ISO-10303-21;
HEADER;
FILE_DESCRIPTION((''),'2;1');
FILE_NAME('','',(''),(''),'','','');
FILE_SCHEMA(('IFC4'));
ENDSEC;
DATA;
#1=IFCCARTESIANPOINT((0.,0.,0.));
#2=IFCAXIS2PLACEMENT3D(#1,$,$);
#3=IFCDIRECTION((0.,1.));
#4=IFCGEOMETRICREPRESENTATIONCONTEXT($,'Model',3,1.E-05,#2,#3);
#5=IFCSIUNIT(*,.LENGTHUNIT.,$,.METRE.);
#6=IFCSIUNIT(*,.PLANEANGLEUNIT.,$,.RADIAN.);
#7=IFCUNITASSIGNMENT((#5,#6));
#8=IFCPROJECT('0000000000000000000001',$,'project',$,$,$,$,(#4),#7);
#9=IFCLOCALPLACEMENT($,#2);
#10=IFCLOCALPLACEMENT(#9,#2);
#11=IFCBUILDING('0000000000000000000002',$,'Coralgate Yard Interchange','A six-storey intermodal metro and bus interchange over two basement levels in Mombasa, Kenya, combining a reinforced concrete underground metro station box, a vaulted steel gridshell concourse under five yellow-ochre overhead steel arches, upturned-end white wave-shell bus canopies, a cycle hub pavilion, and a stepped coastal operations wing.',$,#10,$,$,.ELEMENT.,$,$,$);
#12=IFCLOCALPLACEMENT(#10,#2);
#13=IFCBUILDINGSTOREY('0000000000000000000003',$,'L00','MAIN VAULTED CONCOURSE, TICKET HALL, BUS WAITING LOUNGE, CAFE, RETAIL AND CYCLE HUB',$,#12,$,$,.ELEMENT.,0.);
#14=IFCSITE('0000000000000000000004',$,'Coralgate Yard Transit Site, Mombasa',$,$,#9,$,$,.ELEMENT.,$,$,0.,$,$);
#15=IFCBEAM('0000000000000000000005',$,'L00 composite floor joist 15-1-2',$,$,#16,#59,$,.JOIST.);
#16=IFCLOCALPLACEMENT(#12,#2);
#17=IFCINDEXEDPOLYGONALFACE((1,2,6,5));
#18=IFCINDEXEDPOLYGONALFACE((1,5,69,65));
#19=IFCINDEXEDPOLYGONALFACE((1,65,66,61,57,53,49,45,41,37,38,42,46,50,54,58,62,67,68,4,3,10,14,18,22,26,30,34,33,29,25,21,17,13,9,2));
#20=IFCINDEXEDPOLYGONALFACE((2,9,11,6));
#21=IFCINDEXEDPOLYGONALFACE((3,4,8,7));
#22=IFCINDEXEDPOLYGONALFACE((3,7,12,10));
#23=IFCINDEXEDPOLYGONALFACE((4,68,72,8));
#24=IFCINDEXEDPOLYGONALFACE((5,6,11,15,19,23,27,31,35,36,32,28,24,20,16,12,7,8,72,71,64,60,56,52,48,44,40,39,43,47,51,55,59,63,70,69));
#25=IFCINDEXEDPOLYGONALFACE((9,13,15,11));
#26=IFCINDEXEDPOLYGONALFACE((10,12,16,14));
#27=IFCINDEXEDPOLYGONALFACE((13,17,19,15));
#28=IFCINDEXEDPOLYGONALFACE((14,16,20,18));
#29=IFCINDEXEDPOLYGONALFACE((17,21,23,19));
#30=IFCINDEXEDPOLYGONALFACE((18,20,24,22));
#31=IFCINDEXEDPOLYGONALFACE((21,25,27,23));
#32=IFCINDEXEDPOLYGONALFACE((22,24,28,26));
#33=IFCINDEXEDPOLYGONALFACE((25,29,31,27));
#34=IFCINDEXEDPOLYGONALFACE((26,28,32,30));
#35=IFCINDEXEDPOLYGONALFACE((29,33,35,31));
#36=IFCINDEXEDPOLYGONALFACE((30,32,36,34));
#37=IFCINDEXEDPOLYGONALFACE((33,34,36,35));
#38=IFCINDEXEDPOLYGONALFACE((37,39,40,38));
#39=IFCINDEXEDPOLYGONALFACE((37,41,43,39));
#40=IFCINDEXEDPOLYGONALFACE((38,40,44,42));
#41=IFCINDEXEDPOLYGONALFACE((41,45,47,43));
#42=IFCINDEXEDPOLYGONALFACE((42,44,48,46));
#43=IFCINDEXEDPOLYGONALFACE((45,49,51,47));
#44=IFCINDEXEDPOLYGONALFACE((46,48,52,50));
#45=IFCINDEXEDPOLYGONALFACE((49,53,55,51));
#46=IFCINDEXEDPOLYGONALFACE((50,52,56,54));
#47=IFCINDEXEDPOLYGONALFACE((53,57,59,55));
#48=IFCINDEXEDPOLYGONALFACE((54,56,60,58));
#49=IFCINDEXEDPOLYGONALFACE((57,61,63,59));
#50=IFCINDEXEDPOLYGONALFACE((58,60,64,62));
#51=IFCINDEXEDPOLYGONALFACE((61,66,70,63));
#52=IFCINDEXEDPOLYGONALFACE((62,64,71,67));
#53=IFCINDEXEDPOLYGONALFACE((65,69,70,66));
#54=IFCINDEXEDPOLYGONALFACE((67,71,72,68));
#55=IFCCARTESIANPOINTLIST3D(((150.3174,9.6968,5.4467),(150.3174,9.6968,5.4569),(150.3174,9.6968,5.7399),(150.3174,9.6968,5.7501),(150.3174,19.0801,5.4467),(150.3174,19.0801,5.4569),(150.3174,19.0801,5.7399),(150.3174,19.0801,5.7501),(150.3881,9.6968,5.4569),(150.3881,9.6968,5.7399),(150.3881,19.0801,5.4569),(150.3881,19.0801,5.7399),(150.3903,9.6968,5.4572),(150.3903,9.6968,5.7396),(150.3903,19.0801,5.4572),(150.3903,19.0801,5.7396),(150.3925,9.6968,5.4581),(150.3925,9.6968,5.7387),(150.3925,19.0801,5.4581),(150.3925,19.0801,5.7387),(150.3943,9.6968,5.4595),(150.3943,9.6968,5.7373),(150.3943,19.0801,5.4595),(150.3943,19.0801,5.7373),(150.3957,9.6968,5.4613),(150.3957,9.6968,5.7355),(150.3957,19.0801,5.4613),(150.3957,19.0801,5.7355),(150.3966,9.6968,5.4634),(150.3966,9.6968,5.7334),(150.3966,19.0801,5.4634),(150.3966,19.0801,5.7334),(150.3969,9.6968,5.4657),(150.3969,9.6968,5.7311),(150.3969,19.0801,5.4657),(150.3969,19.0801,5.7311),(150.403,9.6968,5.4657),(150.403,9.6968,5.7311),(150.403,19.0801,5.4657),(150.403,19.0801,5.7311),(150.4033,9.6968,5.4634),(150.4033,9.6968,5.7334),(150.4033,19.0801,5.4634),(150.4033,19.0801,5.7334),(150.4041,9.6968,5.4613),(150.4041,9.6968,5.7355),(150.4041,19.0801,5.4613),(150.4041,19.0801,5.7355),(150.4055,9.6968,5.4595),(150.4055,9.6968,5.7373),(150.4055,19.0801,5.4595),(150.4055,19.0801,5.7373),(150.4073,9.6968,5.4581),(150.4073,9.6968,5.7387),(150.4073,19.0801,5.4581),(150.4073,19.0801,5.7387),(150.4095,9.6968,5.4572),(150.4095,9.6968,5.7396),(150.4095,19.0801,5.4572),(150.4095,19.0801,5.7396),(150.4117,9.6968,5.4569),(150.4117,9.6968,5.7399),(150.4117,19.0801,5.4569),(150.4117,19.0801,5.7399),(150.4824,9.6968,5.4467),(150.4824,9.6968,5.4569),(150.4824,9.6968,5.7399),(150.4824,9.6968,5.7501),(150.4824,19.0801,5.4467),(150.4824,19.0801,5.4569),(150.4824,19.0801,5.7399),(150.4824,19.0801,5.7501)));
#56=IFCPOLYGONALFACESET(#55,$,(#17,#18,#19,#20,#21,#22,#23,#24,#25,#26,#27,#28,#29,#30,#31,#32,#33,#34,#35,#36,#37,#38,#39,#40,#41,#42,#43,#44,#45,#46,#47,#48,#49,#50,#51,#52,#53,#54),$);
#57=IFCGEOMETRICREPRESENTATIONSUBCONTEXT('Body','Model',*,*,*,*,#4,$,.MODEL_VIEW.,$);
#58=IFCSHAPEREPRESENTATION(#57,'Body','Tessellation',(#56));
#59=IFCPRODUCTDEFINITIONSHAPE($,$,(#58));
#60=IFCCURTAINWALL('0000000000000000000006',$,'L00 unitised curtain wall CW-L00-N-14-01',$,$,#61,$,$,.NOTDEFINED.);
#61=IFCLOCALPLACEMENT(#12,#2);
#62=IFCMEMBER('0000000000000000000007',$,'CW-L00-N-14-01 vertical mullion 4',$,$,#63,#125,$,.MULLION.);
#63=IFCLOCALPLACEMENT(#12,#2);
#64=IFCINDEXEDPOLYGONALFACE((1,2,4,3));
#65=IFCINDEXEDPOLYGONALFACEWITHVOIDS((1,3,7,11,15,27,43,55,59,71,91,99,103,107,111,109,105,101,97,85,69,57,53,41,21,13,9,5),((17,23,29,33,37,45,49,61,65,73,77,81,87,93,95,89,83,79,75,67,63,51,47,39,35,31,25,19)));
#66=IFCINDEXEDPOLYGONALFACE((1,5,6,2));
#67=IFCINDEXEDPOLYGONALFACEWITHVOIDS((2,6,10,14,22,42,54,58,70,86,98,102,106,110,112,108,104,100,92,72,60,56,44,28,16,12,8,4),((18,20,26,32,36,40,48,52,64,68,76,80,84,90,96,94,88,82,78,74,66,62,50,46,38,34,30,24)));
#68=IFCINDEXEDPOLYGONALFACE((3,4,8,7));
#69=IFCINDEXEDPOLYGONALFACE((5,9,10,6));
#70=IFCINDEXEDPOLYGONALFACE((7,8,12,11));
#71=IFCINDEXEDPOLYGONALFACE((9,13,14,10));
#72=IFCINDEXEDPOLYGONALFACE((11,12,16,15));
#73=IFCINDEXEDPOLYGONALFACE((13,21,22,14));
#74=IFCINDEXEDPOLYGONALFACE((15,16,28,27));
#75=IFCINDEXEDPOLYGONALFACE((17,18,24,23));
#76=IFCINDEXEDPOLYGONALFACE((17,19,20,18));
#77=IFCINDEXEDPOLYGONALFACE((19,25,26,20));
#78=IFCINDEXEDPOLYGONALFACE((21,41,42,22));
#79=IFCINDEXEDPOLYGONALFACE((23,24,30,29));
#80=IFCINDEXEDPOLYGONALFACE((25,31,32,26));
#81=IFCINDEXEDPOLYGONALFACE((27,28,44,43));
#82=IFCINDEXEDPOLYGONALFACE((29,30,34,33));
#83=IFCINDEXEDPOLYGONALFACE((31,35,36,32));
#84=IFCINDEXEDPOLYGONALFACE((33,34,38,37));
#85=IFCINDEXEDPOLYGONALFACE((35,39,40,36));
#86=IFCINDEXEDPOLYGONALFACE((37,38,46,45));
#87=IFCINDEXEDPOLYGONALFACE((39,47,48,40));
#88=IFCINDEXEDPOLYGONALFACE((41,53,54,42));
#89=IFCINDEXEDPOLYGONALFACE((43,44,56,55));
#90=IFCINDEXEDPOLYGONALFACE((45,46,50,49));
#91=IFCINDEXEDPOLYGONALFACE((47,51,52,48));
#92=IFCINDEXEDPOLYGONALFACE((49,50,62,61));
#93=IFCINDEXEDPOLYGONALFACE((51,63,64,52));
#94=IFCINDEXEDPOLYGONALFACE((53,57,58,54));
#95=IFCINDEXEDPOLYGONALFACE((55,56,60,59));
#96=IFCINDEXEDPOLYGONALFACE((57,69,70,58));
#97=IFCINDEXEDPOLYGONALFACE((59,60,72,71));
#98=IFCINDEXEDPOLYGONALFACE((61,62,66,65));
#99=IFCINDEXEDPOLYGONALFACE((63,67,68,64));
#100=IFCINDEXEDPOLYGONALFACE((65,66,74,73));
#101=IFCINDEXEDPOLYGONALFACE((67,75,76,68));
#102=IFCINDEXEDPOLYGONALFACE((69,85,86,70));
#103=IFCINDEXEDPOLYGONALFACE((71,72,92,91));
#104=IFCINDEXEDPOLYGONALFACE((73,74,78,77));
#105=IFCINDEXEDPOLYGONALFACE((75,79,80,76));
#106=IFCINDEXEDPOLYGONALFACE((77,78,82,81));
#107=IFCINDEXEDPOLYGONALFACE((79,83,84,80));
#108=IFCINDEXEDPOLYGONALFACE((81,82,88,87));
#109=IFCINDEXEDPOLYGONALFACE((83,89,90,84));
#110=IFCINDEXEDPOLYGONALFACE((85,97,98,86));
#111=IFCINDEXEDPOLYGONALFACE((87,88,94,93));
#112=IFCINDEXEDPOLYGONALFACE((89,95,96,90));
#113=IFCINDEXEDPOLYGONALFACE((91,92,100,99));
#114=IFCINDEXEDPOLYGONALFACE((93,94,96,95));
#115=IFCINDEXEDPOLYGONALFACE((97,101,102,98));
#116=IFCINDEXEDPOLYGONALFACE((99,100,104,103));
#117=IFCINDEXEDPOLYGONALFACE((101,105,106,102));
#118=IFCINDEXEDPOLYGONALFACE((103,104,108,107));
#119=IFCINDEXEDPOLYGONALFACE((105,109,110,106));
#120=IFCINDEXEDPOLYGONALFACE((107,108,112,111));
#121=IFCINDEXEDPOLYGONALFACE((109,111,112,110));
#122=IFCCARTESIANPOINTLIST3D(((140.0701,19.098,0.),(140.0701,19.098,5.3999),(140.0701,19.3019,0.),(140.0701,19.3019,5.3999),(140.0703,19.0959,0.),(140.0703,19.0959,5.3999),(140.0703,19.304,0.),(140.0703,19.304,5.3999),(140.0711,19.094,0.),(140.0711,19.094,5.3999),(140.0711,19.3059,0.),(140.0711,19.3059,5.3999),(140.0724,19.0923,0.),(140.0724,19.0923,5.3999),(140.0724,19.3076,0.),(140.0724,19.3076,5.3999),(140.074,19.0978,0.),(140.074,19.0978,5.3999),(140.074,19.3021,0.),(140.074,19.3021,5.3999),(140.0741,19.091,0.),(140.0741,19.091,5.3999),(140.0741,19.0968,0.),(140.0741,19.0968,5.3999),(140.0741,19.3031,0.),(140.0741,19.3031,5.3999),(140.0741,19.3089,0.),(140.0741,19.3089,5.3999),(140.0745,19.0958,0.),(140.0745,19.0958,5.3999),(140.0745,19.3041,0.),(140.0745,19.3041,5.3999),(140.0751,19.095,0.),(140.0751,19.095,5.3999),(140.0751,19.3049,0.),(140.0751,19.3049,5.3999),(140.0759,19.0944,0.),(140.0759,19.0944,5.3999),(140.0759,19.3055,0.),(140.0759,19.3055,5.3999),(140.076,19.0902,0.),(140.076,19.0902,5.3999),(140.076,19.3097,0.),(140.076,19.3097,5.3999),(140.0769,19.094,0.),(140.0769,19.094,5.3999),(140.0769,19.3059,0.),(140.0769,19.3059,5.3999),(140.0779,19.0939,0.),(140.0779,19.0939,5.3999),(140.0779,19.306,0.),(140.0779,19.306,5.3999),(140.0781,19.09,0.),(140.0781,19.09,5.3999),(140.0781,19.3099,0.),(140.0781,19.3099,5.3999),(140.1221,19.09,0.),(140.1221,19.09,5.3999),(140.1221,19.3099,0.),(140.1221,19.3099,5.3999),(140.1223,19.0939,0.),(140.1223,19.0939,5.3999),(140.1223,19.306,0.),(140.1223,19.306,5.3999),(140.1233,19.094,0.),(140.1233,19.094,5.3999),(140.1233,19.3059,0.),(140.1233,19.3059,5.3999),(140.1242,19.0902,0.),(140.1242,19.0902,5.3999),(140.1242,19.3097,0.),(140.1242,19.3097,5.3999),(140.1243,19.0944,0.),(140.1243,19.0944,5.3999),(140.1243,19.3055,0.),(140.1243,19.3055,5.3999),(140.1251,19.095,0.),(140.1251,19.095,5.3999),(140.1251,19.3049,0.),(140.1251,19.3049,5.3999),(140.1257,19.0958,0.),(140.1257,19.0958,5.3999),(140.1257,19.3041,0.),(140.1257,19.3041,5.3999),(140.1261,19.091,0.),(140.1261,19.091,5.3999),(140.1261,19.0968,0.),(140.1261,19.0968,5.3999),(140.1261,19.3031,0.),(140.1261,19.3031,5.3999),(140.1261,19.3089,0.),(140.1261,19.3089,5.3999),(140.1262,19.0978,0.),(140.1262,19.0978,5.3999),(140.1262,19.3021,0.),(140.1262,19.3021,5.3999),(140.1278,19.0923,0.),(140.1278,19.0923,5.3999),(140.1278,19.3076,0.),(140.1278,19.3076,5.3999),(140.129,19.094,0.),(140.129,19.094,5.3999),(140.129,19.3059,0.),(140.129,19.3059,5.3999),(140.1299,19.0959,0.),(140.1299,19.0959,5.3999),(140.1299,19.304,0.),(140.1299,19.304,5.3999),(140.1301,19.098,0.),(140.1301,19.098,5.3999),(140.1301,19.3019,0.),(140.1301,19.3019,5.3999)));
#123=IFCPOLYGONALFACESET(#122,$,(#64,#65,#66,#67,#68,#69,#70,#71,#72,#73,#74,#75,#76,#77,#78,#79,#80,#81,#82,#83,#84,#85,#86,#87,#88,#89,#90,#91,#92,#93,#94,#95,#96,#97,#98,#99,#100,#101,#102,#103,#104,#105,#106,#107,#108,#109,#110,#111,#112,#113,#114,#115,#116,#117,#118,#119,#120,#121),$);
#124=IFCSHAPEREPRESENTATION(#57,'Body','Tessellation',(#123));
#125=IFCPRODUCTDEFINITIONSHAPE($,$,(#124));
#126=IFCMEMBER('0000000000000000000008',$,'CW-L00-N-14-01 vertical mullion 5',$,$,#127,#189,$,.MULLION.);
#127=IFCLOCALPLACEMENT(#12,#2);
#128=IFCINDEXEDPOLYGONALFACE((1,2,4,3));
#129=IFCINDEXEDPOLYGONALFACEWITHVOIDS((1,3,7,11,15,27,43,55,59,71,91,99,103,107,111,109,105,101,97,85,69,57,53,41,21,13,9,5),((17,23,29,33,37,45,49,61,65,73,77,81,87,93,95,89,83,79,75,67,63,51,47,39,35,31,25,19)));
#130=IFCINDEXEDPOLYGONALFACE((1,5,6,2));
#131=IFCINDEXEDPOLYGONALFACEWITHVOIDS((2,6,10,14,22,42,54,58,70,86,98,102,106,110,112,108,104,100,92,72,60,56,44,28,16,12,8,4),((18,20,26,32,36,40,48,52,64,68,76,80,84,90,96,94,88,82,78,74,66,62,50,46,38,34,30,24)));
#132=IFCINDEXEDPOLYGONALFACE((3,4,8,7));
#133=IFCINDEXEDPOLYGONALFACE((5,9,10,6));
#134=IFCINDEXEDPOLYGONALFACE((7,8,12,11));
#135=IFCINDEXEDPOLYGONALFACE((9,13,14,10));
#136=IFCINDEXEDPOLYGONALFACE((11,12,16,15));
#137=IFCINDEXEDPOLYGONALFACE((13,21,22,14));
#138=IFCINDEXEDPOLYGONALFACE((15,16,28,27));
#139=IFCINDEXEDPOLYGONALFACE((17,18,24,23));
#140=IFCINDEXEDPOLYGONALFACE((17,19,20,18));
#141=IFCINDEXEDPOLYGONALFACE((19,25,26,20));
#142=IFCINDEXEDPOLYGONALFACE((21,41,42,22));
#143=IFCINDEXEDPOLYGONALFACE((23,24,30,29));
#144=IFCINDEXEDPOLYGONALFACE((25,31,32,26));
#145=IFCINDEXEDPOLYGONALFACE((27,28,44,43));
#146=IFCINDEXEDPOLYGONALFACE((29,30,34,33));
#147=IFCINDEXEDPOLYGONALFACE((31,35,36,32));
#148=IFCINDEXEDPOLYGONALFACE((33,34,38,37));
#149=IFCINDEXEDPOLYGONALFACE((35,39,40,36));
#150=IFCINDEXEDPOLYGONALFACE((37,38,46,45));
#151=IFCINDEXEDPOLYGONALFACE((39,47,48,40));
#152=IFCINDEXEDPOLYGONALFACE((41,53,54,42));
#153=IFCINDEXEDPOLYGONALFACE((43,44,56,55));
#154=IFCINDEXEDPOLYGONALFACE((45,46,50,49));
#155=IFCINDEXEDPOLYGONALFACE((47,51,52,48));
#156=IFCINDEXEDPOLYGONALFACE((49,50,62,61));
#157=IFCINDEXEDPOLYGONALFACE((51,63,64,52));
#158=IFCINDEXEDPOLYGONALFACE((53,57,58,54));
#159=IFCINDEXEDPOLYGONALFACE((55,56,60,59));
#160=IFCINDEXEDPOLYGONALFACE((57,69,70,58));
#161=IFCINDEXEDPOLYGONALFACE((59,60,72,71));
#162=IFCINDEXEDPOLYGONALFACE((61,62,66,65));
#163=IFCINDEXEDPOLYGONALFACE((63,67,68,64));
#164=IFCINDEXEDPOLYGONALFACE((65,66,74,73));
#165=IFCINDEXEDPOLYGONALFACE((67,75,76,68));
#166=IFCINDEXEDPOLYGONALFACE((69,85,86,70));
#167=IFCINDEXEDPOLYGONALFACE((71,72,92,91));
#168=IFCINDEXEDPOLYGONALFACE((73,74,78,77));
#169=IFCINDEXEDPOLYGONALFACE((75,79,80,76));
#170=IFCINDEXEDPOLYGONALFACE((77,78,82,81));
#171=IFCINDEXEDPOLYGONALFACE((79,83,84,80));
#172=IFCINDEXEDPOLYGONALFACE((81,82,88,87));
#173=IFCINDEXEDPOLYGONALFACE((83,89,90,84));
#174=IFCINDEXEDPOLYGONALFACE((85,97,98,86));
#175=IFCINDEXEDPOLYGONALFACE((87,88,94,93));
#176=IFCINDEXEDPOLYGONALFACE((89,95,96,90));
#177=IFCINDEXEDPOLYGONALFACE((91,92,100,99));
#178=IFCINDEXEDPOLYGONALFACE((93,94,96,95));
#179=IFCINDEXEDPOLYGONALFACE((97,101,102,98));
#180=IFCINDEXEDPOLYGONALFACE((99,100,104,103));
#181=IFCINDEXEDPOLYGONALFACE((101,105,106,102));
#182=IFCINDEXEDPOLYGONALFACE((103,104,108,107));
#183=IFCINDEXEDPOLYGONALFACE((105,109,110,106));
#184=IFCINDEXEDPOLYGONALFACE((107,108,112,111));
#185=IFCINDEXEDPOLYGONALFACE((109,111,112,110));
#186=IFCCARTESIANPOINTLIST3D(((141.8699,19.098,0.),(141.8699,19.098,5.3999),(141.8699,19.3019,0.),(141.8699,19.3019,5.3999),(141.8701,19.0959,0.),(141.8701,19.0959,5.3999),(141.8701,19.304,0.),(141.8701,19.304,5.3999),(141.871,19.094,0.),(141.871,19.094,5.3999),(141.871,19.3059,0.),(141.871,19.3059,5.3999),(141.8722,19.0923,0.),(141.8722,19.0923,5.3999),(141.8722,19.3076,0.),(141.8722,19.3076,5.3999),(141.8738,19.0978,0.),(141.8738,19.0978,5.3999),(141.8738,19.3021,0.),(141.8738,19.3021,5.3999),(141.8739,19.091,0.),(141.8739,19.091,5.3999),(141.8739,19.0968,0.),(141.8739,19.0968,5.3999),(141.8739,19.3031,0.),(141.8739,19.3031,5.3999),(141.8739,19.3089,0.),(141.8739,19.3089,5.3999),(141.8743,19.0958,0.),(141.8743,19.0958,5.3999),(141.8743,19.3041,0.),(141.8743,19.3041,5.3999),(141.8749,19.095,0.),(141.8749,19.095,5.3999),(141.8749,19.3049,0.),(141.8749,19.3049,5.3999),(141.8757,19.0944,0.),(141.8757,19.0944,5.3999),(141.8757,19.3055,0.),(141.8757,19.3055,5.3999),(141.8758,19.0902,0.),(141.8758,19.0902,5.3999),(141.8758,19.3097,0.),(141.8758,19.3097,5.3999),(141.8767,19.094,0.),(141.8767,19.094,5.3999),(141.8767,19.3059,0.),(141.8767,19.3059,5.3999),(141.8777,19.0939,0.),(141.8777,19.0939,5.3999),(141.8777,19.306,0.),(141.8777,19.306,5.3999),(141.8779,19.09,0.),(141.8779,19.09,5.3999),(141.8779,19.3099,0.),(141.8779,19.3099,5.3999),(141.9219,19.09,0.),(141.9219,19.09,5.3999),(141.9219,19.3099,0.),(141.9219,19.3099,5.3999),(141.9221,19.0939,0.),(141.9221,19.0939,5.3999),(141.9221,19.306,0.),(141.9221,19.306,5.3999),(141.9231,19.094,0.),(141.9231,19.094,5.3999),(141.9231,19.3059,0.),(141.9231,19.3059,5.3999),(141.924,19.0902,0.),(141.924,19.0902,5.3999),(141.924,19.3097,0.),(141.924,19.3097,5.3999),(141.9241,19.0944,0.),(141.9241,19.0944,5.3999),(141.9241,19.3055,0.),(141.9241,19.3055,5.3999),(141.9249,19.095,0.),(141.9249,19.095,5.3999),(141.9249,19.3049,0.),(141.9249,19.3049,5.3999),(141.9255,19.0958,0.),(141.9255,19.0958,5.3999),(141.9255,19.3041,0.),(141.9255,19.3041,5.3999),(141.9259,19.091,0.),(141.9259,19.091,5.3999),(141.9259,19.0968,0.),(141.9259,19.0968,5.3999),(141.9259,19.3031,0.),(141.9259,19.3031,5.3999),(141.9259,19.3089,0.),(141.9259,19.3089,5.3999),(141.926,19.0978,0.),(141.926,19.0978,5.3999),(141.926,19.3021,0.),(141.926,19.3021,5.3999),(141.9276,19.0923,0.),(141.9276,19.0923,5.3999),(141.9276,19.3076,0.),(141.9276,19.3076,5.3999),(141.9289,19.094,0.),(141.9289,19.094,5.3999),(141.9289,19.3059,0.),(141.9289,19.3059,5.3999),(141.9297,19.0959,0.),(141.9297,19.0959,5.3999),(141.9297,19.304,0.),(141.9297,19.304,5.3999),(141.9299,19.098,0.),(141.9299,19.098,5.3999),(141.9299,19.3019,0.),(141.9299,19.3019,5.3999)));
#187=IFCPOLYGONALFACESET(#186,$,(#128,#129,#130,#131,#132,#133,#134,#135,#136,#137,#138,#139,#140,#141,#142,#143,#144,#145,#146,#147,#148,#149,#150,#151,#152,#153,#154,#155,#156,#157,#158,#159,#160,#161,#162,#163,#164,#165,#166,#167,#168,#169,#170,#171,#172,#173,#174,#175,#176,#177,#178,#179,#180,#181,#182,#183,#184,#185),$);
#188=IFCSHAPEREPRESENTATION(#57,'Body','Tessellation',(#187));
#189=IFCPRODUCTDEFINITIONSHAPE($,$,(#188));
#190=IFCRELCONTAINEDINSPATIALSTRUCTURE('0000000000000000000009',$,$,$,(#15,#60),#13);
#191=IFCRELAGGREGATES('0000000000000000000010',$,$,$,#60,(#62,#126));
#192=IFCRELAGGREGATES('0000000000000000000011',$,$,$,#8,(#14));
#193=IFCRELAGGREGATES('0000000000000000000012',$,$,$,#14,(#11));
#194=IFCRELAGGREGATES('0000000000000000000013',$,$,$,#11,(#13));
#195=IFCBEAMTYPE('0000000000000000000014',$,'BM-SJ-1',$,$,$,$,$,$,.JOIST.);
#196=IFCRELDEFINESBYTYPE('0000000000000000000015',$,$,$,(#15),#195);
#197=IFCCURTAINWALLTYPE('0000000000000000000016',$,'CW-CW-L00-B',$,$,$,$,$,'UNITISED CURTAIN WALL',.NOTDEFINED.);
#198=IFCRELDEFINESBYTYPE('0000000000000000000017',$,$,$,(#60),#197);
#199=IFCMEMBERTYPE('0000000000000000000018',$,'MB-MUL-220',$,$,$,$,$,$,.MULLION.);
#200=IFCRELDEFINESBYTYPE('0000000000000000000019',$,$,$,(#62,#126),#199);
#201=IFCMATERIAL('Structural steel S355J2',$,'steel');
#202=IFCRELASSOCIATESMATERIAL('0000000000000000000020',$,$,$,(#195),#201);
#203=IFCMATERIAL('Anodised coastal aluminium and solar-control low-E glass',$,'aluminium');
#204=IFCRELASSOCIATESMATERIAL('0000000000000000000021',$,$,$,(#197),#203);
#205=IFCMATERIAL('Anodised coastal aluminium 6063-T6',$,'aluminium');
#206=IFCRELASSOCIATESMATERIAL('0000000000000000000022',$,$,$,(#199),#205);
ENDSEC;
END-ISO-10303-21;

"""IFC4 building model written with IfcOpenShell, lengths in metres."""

from ifc_helpers import new_model, si_unit, direction, frame, origin, origin_2d, place, context, subcontext, project, spatial, hollow_rectangle, i_section, extrude, material, material_profile, profile_set, type_object, element, aggregate, save


model = new_model("IFC4")

# Units and contexts
model_context = context("Model", 3, precision=1e-05, world=origin(), true_north=direction((0.0, 1.0)))
body_context = subcontext(model_context, "Body", "Model", "MODEL_VIEW")
ifc_project = project(units=[si_unit("LENGTHUNIT", "METRE"), si_unit("PLANEANGLEUNIT", "RADIAN")], contexts=[model_context])

# Site, building, storey
site_placement = place(None, origin())
site = spatial("IfcSite", under=ifc_project, at=site_placement, Name="Coralgate Yard Transit Site, Mombasa", CompositionType="ELEMENT", RefElevation=0.0)
building_placement = place(site_placement, origin())
building = spatial("IfcBuilding", under=site, at=building_placement, Name="Coralgate Yard Interchange", Description="A six-storey intermodal metro and bus interchange over two basement levels in Mombasa, Kenya, combining a reinforced concrete underground metro station box, a vaulted steel gridshell concourse under five yellow-ochre overhead steel arches, upturned-end white wave-shell bus canopies, a cycle hub pavilion, and a stepped coastal operations wing.", CompositionType="ELEMENT")
storey_placement = place(building_placement, origin())
storey = spatial("IfcBuildingStorey", under=building, at=storey_placement, Name="L00", Description="MAIN VAULTED CONCOURSE, TICKET HALL, BUS WAITING LOUNGE, CAFE, RETAIL AND CYCLE HUB", CompositionType="ELEMENT", Elevation=0.0)

# Shared definitions
ifc_material_1 = material(Name="Structural steel S355J2", Category="steel")

# Beam
ifc_material_profile_1 = material_profile(ifc_material_1, i_section(OverallWidth=0.165, OverallDepth=0.3035, WebThickness=0.0061, FlangeThickness=0.0103, FilletRadius=0.0088, at=origin_2d()), Name="UB 305x165x40")
ifc_profile_set_1 = profile_set([ifc_material_profile_1], Name="Structural steel S355J2")
beam_type_1 = type_object("IfcBeamType", Name="BM-SJ-1", PredefinedType="JOIST", material=ifc_profile_set_1)
for number, where, z_axis, x_axis, name in (
    (1, (150.3999, 9.6968, 5.5984), (0.0, 1.0, 0.0), (-1.0, 0.0, 0.0), "L00 composite floor joist 15-1-2"),
):
    element("IfcBeam", number, at=place(storey_placement, frame(where, z_axis=z_axis, x_axis=x_axis)), inside=storey, type_object=beam_type_1, Name=name, PredefinedType="JOIST", context=body_context, shape_type="SweptSolid", body=[
        extrude(i_section(OverallWidth=0.165, OverallDepth=0.3035, WebThickness=0.0061, FlangeThickness=0.0103, FilletRadius=0.0088, at=origin_2d()), origin(), (0.0, 0.0, 1.0), 9.3833),
    ])

# Curtain wall, members
ifc_material_2 = material(Name="Anodised coastal aluminium and solar-control low-E glass", Category="aluminium")
curtain_wall_type = type_object("IfcCurtainWallType", Name="CW-CW-L00-B", ElementType="UNITISED CURTAIN WALL", PredefinedType="NOTDEFINED", material=ifc_material_2)
curtain_wall_placement = place(storey_placement, origin())
curtain_wall = element("IfcCurtainWall", 2, at=curtain_wall_placement, inside=storey, type_object=curtain_wall_type, Name="L00 unitised curtain wall CW-L00-N-14-01", PredefinedType="NOTDEFINED")
ifc_material_3 = material(Name="Anodised coastal aluminium 6063-T6", Category="aluminium")
ifc_material_profile_2 = material_profile(ifc_material_3, hollow_rectangle(XDim=0.0601, YDim=0.22, WallThickness=0.0039, InnerFilletRadius=0.0039, OuterFilletRadius=0.0081, at=origin_2d()), Name="ALU 60x220x4")
ifc_profile_set_2 = profile_set([ifc_material_profile_2], Name="Anodised coastal aluminium 6063-T6")
member_type_1 = type_object("IfcMemberType", Name="MB-MUL-220", PredefinedType="MULLION", material=ifc_profile_set_2)
member_1_placement = place(storey_placement, frame((140.1001, 19.2, 0.0), z_axis=(0.0, 0.0, 1.0), x_axis=(1.0, 0.0, 0.0)))
member_1 = element("IfcMember", 3, at=member_1_placement, type_object=member_type_1, Name="CW-L00-N-14-01 vertical mullion 4", PredefinedType="MULLION", context=body_context, shape_type="SweptSolid", body=[
    extrude(hollow_rectangle(XDim=0.0601, YDim=0.22, WallThickness=0.0039, InnerFilletRadius=0.0039, OuterFilletRadius=0.0081, at=origin_2d()), origin(), (0.0, 0.0, 1.0), 5.3999),
])
member_2_placement = place(storey_placement, frame((141.8999, 19.2, 0.0), z_axis=(0.0, 0.0, 1.0), x_axis=(1.0, 0.0, 0.0)))
member_2 = element("IfcMember", 4, at=member_2_placement, type_object=member_type_1, Name="CW-L00-N-14-01 vertical mullion 5", PredefinedType="MULLION", context=body_context, shape_type="SweptSolid", body=[
    extrude(hollow_rectangle(XDim=0.0601, YDim=0.22, WallThickness=0.0039, InnerFilletRadius=0.0039, OuterFilletRadius=0.0081, at=origin_2d()), origin(), (0.0, 0.0, 1.0), 5.3999),
])
aggregate(curtain_wall, [member_1, member_2])

save(model, "model.ifc")
